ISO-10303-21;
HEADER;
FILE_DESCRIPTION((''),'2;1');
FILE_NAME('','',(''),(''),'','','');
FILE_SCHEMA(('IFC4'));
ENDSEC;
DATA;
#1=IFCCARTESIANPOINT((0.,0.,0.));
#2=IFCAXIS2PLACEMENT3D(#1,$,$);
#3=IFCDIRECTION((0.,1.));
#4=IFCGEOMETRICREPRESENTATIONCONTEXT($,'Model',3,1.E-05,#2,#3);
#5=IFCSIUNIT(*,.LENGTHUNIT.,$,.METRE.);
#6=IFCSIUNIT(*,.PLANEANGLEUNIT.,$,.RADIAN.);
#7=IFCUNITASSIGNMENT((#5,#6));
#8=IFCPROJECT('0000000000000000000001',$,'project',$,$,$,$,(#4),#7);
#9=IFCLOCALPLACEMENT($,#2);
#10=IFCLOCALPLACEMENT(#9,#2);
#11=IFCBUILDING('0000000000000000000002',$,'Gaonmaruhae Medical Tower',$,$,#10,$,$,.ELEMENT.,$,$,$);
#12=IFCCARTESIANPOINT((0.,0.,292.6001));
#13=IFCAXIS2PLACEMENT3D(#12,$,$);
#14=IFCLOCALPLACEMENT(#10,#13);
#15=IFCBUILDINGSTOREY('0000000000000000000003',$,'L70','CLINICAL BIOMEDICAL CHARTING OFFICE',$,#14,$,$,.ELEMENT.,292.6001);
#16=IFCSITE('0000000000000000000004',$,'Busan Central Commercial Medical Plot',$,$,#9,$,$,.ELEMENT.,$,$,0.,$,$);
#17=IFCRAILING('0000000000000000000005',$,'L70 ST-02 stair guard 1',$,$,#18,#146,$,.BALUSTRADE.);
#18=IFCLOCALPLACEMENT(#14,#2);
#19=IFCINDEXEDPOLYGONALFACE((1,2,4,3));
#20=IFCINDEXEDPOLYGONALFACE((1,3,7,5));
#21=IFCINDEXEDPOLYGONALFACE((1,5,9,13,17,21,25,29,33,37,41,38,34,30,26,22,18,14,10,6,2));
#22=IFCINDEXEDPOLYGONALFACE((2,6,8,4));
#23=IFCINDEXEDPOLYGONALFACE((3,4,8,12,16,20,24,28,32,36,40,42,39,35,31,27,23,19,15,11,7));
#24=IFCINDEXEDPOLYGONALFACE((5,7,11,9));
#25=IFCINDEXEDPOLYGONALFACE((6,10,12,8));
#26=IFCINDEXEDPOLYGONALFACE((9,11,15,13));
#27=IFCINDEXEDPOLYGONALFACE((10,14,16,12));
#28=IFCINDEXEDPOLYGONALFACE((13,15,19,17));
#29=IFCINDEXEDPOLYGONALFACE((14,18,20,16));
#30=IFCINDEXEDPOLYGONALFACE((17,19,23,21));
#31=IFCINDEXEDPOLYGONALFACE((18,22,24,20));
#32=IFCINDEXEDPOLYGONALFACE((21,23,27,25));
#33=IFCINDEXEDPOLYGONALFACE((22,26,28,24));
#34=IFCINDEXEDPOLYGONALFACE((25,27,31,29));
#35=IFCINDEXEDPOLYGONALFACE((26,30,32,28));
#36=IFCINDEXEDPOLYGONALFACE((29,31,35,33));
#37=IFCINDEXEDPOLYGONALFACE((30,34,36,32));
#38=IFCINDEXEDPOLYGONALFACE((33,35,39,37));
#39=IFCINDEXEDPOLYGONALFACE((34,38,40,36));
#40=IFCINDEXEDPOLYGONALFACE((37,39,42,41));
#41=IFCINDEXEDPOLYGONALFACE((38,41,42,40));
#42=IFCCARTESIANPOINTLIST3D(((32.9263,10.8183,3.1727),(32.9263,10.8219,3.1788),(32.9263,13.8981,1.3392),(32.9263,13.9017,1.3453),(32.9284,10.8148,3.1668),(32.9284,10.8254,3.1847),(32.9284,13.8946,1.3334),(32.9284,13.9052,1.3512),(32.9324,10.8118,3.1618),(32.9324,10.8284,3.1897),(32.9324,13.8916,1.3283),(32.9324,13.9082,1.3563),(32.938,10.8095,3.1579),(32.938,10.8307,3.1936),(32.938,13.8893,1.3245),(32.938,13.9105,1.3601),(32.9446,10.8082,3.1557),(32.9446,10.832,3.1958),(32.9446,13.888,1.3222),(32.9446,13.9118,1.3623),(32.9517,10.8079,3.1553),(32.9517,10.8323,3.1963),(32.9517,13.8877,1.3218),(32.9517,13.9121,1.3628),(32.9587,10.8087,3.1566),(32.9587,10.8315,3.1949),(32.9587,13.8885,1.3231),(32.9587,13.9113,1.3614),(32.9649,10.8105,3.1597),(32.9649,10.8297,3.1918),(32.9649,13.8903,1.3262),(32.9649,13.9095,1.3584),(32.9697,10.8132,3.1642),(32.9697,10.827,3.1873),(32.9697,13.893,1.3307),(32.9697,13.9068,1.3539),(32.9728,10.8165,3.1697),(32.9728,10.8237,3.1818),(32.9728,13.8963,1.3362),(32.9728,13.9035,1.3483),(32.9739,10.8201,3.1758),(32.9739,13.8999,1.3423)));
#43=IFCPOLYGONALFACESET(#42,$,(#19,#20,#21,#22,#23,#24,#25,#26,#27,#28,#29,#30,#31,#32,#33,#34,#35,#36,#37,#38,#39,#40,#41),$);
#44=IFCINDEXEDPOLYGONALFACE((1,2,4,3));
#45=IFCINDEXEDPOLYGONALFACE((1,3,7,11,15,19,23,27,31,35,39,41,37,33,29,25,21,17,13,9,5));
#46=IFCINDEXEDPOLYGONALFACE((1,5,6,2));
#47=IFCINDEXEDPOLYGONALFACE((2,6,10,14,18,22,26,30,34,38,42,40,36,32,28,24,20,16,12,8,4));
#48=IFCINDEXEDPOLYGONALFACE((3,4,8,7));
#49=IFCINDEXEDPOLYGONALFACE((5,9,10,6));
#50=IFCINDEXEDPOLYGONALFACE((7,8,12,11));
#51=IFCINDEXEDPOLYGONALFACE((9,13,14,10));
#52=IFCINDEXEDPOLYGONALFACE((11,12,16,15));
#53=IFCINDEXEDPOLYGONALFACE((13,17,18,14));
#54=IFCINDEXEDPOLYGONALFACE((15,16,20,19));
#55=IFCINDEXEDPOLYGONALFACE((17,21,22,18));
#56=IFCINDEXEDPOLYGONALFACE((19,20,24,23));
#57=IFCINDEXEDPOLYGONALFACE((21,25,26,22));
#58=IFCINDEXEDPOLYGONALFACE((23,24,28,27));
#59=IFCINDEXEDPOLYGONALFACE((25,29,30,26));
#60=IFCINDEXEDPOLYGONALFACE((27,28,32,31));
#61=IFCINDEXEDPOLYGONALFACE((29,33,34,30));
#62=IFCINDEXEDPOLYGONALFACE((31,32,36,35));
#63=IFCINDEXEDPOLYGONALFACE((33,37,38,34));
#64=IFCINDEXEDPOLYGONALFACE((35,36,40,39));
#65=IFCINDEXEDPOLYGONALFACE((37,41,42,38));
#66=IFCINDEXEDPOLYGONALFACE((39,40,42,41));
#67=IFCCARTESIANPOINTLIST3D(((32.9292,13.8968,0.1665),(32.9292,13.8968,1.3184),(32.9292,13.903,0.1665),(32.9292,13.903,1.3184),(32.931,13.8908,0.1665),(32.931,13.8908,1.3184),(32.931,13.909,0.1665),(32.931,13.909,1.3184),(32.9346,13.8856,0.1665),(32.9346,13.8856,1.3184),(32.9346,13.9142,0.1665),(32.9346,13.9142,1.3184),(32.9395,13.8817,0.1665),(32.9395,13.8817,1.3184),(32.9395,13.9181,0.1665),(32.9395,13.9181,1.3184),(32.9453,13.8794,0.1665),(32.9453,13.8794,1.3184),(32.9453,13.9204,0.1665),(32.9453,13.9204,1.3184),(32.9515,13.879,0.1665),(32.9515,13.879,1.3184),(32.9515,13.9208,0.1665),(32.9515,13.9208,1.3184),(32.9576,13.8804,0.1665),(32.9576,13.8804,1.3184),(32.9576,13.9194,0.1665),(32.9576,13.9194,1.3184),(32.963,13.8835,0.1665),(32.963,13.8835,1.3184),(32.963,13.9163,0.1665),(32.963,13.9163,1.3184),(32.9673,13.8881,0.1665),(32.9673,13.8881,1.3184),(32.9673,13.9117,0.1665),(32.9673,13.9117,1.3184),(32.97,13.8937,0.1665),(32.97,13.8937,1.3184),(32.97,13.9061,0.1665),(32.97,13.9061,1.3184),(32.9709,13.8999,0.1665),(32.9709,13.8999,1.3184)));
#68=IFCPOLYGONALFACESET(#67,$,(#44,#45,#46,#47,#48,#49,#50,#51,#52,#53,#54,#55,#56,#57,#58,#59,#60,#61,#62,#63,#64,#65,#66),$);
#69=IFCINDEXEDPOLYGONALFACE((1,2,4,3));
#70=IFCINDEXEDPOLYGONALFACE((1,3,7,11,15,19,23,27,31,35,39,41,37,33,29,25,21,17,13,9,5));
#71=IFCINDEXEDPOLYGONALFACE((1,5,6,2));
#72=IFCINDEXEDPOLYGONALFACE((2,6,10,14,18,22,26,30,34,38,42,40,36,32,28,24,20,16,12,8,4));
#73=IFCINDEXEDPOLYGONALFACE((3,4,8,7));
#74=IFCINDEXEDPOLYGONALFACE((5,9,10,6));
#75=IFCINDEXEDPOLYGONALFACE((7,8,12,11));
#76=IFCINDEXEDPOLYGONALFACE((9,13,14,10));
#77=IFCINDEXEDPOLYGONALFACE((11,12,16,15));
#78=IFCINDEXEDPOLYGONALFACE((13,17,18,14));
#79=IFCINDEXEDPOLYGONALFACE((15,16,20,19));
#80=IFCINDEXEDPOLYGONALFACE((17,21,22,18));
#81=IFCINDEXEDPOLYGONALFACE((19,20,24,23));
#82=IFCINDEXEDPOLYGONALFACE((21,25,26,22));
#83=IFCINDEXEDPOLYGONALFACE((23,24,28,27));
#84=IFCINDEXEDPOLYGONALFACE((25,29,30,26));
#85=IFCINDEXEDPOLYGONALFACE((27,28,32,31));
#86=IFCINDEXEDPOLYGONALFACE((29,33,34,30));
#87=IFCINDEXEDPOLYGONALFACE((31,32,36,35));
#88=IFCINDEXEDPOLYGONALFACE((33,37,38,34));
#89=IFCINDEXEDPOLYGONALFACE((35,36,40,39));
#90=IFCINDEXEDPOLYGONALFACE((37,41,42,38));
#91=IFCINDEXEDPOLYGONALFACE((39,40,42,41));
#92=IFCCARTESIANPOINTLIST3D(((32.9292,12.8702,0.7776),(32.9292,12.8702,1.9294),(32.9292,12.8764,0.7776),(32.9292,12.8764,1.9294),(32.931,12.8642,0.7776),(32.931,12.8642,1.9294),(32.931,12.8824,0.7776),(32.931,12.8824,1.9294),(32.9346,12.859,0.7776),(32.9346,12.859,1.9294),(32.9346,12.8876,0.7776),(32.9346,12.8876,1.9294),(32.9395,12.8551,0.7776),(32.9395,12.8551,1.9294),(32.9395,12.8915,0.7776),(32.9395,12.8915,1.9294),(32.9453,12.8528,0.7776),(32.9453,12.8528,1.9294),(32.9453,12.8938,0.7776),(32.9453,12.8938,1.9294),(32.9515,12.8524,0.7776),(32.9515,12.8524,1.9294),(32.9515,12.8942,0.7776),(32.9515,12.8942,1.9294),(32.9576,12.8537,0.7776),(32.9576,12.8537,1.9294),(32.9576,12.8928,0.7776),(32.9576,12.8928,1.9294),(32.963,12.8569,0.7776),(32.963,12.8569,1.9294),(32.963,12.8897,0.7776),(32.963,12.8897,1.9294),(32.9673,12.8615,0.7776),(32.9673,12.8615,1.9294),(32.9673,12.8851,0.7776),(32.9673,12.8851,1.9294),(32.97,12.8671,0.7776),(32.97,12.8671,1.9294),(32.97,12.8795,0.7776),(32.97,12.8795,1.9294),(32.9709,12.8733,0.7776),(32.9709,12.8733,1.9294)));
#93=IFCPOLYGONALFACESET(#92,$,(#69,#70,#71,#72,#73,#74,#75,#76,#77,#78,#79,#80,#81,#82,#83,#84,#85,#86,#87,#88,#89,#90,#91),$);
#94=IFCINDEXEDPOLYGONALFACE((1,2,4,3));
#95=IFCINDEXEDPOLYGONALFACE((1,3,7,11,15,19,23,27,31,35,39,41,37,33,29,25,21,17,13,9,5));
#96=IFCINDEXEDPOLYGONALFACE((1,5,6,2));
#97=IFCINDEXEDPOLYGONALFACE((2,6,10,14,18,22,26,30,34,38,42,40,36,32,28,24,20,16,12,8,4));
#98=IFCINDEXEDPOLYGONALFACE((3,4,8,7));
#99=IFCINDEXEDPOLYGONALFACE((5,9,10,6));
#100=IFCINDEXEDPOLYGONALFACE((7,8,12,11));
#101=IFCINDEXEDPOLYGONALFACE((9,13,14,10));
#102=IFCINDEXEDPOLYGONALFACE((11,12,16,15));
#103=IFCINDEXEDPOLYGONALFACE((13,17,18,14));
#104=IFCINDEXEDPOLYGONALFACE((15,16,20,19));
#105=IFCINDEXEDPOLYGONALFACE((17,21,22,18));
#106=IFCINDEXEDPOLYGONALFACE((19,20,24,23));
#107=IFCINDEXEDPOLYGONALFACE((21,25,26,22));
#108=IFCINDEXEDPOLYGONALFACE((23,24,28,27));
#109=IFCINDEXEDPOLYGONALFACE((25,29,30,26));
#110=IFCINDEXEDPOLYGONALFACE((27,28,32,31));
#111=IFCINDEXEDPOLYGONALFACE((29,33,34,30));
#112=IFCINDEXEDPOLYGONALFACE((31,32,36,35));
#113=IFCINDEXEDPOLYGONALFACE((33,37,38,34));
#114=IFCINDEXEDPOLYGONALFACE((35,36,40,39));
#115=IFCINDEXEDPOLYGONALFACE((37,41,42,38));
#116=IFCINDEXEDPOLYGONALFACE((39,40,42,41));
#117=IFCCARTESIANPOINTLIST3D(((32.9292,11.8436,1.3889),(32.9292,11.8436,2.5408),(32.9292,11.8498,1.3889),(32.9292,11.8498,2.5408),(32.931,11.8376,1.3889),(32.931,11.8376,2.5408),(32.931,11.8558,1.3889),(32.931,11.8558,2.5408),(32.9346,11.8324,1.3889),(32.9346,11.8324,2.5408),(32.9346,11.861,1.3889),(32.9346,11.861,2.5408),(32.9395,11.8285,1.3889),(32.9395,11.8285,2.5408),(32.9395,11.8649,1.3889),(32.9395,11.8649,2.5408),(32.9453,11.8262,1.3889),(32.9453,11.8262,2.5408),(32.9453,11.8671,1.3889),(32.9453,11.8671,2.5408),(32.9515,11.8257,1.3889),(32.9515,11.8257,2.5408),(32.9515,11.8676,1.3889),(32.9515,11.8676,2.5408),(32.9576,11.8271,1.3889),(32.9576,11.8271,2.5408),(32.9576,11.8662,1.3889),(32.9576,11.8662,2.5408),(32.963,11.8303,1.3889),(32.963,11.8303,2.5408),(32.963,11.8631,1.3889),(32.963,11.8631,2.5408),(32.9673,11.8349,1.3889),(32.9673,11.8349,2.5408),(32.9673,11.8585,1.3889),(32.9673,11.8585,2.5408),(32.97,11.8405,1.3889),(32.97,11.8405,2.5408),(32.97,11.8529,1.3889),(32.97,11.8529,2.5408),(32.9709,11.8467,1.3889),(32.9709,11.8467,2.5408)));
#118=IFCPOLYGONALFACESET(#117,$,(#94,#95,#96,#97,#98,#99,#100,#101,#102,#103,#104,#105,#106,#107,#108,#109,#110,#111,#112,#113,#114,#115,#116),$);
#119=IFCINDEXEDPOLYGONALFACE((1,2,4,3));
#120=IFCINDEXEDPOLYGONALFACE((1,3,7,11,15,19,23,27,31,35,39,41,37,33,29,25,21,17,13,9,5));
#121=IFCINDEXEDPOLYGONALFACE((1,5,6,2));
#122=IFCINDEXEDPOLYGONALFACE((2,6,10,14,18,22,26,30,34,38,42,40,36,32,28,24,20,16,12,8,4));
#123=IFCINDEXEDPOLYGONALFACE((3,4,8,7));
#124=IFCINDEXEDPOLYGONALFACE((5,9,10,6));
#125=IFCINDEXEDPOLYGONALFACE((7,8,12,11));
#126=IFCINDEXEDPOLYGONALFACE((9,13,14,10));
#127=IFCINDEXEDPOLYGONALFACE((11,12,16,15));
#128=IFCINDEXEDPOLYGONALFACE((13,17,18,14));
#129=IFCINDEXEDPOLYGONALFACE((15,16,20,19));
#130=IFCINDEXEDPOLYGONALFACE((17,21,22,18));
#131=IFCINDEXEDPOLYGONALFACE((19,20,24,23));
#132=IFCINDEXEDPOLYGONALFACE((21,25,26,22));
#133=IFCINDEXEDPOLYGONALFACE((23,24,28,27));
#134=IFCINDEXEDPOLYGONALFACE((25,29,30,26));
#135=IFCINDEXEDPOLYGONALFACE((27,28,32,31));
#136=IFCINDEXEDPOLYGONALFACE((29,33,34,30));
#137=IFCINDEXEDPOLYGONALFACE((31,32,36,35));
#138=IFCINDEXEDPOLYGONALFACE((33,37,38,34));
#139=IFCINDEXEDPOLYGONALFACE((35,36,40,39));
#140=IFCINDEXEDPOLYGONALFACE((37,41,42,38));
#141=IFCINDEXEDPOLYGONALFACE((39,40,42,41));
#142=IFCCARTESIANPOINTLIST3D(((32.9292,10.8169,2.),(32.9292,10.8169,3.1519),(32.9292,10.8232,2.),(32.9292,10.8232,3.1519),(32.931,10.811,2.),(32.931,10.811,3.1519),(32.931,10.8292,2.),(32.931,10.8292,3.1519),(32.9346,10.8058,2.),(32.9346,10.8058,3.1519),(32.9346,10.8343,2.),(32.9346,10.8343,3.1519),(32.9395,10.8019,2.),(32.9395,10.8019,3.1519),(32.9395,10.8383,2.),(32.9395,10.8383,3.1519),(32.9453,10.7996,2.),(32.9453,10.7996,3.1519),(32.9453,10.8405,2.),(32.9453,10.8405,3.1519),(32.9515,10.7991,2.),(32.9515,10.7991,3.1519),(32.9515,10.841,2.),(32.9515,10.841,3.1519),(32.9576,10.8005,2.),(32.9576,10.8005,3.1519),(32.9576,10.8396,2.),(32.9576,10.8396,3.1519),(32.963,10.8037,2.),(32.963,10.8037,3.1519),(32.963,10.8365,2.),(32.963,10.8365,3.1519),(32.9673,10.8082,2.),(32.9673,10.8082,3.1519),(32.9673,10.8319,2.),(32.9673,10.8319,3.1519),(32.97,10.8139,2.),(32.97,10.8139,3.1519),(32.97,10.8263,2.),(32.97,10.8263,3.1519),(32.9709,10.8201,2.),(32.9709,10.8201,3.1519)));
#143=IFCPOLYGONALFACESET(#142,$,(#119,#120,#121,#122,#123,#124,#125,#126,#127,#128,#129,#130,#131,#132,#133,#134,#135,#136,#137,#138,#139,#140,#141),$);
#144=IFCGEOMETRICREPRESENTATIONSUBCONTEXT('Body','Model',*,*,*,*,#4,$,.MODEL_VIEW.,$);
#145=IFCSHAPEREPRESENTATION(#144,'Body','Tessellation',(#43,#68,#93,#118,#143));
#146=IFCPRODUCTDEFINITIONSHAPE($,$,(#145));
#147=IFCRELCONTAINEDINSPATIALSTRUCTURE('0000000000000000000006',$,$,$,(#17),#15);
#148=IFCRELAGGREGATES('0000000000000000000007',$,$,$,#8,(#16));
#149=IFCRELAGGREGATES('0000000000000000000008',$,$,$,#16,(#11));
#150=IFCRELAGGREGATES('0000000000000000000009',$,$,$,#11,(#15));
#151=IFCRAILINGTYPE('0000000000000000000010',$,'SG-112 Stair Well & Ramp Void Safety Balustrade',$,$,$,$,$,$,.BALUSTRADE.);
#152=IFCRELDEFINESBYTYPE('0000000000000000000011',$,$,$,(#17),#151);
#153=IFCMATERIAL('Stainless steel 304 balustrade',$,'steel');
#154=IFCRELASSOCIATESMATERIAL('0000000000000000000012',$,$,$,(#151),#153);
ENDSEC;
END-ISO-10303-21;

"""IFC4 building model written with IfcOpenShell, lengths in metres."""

from ifc_helpers import new_model, si_unit, direction, frame, origin, origin_2d, place, context, subcontext, project, spatial, circle, extrude, material, type_object, element, save


model = new_model("IFC4")

# Units and contexts
model_context = context("Model", 3, precision=1e-05, world=origin(), true_north=direction((0.0, 1.0)))
body_context = subcontext(model_context, "Body", "Model", "MODEL_VIEW")
ifc_project = project(units=[si_unit("LENGTHUNIT", "METRE"), si_unit("PLANEANGLEUNIT", "RADIAN")], contexts=[model_context])

# Site, building, storey
site_placement = place(None, origin())
site = spatial("IfcSite", under=ifc_project, at=site_placement, Name="Busan Central Commercial Medical Plot", CompositionType="ELEMENT", RefElevation=0.0)
building_placement = place(site_placement, origin())
building = spatial("IfcBuilding", under=site, at=building_placement, Name="Gaonmaruhae Medical Tower", CompositionType="ELEMENT")
storey_placement = place(building_placement, frame((0.0, 0.0, 292.6001)))
storey = spatial("IfcBuildingStorey", under=building, at=storey_placement, Name="L70", Description="CLINICAL BIOMEDICAL CHARTING OFFICE", CompositionType="ELEMENT", Elevation=292.6001)

# Railing
ifc_material_1 = material(Name="Stainless steel 304 balustrade", Category="steel")
railing_type_1 = type_object("IfcRailingType", Name="SG-112 Stair Well & Ramp Void Safety Balustrade", PredefinedType="BALUSTRADE", material=ifc_material_1)
railing_1_placement = place(storey_placement, frame((32.95, 13.8999, 0.1665)))
element("IfcRailing", 1, at=railing_1_placement, inside=storey, type_object=railing_type_1, Name="L70 ST-02 stair guard 1", PredefinedType="BALUSTRADE", context=body_context, shape_type="SweptSolid", body=[
    extrude(circle(Radius=0.0239, at=origin_2d()), frame((0.0, 0.0, 1.1758), z_axis=(0.0, -0.859261, 0.511538), x_axis=(1.0, 0.0, 0.0)), (0.0, 0.0, 1.0), 3.5842),
    extrude(circle(Radius=0.021, at=origin_2d()), origin(), (0.0, 0.0, 1.0), 1.1519),
    extrude(circle(Radius=0.021, at=origin_2d()), frame((0.0, -1.0266, 0.6111)), (0.0, 0.0, 1.0), 1.1519),
    extrude(circle(Radius=0.021, at=origin_2d()), frame((0.0, -2.0532, 1.2224)), (0.0, 0.0, 1.0), 1.1519),
    extrude(circle(Radius=0.021, at=origin_2d()), frame((0.0, -3.0798, 1.8335)), (0.0, 0.0, 1.0), 1.1519),
])

save(model, "model.ifc")
